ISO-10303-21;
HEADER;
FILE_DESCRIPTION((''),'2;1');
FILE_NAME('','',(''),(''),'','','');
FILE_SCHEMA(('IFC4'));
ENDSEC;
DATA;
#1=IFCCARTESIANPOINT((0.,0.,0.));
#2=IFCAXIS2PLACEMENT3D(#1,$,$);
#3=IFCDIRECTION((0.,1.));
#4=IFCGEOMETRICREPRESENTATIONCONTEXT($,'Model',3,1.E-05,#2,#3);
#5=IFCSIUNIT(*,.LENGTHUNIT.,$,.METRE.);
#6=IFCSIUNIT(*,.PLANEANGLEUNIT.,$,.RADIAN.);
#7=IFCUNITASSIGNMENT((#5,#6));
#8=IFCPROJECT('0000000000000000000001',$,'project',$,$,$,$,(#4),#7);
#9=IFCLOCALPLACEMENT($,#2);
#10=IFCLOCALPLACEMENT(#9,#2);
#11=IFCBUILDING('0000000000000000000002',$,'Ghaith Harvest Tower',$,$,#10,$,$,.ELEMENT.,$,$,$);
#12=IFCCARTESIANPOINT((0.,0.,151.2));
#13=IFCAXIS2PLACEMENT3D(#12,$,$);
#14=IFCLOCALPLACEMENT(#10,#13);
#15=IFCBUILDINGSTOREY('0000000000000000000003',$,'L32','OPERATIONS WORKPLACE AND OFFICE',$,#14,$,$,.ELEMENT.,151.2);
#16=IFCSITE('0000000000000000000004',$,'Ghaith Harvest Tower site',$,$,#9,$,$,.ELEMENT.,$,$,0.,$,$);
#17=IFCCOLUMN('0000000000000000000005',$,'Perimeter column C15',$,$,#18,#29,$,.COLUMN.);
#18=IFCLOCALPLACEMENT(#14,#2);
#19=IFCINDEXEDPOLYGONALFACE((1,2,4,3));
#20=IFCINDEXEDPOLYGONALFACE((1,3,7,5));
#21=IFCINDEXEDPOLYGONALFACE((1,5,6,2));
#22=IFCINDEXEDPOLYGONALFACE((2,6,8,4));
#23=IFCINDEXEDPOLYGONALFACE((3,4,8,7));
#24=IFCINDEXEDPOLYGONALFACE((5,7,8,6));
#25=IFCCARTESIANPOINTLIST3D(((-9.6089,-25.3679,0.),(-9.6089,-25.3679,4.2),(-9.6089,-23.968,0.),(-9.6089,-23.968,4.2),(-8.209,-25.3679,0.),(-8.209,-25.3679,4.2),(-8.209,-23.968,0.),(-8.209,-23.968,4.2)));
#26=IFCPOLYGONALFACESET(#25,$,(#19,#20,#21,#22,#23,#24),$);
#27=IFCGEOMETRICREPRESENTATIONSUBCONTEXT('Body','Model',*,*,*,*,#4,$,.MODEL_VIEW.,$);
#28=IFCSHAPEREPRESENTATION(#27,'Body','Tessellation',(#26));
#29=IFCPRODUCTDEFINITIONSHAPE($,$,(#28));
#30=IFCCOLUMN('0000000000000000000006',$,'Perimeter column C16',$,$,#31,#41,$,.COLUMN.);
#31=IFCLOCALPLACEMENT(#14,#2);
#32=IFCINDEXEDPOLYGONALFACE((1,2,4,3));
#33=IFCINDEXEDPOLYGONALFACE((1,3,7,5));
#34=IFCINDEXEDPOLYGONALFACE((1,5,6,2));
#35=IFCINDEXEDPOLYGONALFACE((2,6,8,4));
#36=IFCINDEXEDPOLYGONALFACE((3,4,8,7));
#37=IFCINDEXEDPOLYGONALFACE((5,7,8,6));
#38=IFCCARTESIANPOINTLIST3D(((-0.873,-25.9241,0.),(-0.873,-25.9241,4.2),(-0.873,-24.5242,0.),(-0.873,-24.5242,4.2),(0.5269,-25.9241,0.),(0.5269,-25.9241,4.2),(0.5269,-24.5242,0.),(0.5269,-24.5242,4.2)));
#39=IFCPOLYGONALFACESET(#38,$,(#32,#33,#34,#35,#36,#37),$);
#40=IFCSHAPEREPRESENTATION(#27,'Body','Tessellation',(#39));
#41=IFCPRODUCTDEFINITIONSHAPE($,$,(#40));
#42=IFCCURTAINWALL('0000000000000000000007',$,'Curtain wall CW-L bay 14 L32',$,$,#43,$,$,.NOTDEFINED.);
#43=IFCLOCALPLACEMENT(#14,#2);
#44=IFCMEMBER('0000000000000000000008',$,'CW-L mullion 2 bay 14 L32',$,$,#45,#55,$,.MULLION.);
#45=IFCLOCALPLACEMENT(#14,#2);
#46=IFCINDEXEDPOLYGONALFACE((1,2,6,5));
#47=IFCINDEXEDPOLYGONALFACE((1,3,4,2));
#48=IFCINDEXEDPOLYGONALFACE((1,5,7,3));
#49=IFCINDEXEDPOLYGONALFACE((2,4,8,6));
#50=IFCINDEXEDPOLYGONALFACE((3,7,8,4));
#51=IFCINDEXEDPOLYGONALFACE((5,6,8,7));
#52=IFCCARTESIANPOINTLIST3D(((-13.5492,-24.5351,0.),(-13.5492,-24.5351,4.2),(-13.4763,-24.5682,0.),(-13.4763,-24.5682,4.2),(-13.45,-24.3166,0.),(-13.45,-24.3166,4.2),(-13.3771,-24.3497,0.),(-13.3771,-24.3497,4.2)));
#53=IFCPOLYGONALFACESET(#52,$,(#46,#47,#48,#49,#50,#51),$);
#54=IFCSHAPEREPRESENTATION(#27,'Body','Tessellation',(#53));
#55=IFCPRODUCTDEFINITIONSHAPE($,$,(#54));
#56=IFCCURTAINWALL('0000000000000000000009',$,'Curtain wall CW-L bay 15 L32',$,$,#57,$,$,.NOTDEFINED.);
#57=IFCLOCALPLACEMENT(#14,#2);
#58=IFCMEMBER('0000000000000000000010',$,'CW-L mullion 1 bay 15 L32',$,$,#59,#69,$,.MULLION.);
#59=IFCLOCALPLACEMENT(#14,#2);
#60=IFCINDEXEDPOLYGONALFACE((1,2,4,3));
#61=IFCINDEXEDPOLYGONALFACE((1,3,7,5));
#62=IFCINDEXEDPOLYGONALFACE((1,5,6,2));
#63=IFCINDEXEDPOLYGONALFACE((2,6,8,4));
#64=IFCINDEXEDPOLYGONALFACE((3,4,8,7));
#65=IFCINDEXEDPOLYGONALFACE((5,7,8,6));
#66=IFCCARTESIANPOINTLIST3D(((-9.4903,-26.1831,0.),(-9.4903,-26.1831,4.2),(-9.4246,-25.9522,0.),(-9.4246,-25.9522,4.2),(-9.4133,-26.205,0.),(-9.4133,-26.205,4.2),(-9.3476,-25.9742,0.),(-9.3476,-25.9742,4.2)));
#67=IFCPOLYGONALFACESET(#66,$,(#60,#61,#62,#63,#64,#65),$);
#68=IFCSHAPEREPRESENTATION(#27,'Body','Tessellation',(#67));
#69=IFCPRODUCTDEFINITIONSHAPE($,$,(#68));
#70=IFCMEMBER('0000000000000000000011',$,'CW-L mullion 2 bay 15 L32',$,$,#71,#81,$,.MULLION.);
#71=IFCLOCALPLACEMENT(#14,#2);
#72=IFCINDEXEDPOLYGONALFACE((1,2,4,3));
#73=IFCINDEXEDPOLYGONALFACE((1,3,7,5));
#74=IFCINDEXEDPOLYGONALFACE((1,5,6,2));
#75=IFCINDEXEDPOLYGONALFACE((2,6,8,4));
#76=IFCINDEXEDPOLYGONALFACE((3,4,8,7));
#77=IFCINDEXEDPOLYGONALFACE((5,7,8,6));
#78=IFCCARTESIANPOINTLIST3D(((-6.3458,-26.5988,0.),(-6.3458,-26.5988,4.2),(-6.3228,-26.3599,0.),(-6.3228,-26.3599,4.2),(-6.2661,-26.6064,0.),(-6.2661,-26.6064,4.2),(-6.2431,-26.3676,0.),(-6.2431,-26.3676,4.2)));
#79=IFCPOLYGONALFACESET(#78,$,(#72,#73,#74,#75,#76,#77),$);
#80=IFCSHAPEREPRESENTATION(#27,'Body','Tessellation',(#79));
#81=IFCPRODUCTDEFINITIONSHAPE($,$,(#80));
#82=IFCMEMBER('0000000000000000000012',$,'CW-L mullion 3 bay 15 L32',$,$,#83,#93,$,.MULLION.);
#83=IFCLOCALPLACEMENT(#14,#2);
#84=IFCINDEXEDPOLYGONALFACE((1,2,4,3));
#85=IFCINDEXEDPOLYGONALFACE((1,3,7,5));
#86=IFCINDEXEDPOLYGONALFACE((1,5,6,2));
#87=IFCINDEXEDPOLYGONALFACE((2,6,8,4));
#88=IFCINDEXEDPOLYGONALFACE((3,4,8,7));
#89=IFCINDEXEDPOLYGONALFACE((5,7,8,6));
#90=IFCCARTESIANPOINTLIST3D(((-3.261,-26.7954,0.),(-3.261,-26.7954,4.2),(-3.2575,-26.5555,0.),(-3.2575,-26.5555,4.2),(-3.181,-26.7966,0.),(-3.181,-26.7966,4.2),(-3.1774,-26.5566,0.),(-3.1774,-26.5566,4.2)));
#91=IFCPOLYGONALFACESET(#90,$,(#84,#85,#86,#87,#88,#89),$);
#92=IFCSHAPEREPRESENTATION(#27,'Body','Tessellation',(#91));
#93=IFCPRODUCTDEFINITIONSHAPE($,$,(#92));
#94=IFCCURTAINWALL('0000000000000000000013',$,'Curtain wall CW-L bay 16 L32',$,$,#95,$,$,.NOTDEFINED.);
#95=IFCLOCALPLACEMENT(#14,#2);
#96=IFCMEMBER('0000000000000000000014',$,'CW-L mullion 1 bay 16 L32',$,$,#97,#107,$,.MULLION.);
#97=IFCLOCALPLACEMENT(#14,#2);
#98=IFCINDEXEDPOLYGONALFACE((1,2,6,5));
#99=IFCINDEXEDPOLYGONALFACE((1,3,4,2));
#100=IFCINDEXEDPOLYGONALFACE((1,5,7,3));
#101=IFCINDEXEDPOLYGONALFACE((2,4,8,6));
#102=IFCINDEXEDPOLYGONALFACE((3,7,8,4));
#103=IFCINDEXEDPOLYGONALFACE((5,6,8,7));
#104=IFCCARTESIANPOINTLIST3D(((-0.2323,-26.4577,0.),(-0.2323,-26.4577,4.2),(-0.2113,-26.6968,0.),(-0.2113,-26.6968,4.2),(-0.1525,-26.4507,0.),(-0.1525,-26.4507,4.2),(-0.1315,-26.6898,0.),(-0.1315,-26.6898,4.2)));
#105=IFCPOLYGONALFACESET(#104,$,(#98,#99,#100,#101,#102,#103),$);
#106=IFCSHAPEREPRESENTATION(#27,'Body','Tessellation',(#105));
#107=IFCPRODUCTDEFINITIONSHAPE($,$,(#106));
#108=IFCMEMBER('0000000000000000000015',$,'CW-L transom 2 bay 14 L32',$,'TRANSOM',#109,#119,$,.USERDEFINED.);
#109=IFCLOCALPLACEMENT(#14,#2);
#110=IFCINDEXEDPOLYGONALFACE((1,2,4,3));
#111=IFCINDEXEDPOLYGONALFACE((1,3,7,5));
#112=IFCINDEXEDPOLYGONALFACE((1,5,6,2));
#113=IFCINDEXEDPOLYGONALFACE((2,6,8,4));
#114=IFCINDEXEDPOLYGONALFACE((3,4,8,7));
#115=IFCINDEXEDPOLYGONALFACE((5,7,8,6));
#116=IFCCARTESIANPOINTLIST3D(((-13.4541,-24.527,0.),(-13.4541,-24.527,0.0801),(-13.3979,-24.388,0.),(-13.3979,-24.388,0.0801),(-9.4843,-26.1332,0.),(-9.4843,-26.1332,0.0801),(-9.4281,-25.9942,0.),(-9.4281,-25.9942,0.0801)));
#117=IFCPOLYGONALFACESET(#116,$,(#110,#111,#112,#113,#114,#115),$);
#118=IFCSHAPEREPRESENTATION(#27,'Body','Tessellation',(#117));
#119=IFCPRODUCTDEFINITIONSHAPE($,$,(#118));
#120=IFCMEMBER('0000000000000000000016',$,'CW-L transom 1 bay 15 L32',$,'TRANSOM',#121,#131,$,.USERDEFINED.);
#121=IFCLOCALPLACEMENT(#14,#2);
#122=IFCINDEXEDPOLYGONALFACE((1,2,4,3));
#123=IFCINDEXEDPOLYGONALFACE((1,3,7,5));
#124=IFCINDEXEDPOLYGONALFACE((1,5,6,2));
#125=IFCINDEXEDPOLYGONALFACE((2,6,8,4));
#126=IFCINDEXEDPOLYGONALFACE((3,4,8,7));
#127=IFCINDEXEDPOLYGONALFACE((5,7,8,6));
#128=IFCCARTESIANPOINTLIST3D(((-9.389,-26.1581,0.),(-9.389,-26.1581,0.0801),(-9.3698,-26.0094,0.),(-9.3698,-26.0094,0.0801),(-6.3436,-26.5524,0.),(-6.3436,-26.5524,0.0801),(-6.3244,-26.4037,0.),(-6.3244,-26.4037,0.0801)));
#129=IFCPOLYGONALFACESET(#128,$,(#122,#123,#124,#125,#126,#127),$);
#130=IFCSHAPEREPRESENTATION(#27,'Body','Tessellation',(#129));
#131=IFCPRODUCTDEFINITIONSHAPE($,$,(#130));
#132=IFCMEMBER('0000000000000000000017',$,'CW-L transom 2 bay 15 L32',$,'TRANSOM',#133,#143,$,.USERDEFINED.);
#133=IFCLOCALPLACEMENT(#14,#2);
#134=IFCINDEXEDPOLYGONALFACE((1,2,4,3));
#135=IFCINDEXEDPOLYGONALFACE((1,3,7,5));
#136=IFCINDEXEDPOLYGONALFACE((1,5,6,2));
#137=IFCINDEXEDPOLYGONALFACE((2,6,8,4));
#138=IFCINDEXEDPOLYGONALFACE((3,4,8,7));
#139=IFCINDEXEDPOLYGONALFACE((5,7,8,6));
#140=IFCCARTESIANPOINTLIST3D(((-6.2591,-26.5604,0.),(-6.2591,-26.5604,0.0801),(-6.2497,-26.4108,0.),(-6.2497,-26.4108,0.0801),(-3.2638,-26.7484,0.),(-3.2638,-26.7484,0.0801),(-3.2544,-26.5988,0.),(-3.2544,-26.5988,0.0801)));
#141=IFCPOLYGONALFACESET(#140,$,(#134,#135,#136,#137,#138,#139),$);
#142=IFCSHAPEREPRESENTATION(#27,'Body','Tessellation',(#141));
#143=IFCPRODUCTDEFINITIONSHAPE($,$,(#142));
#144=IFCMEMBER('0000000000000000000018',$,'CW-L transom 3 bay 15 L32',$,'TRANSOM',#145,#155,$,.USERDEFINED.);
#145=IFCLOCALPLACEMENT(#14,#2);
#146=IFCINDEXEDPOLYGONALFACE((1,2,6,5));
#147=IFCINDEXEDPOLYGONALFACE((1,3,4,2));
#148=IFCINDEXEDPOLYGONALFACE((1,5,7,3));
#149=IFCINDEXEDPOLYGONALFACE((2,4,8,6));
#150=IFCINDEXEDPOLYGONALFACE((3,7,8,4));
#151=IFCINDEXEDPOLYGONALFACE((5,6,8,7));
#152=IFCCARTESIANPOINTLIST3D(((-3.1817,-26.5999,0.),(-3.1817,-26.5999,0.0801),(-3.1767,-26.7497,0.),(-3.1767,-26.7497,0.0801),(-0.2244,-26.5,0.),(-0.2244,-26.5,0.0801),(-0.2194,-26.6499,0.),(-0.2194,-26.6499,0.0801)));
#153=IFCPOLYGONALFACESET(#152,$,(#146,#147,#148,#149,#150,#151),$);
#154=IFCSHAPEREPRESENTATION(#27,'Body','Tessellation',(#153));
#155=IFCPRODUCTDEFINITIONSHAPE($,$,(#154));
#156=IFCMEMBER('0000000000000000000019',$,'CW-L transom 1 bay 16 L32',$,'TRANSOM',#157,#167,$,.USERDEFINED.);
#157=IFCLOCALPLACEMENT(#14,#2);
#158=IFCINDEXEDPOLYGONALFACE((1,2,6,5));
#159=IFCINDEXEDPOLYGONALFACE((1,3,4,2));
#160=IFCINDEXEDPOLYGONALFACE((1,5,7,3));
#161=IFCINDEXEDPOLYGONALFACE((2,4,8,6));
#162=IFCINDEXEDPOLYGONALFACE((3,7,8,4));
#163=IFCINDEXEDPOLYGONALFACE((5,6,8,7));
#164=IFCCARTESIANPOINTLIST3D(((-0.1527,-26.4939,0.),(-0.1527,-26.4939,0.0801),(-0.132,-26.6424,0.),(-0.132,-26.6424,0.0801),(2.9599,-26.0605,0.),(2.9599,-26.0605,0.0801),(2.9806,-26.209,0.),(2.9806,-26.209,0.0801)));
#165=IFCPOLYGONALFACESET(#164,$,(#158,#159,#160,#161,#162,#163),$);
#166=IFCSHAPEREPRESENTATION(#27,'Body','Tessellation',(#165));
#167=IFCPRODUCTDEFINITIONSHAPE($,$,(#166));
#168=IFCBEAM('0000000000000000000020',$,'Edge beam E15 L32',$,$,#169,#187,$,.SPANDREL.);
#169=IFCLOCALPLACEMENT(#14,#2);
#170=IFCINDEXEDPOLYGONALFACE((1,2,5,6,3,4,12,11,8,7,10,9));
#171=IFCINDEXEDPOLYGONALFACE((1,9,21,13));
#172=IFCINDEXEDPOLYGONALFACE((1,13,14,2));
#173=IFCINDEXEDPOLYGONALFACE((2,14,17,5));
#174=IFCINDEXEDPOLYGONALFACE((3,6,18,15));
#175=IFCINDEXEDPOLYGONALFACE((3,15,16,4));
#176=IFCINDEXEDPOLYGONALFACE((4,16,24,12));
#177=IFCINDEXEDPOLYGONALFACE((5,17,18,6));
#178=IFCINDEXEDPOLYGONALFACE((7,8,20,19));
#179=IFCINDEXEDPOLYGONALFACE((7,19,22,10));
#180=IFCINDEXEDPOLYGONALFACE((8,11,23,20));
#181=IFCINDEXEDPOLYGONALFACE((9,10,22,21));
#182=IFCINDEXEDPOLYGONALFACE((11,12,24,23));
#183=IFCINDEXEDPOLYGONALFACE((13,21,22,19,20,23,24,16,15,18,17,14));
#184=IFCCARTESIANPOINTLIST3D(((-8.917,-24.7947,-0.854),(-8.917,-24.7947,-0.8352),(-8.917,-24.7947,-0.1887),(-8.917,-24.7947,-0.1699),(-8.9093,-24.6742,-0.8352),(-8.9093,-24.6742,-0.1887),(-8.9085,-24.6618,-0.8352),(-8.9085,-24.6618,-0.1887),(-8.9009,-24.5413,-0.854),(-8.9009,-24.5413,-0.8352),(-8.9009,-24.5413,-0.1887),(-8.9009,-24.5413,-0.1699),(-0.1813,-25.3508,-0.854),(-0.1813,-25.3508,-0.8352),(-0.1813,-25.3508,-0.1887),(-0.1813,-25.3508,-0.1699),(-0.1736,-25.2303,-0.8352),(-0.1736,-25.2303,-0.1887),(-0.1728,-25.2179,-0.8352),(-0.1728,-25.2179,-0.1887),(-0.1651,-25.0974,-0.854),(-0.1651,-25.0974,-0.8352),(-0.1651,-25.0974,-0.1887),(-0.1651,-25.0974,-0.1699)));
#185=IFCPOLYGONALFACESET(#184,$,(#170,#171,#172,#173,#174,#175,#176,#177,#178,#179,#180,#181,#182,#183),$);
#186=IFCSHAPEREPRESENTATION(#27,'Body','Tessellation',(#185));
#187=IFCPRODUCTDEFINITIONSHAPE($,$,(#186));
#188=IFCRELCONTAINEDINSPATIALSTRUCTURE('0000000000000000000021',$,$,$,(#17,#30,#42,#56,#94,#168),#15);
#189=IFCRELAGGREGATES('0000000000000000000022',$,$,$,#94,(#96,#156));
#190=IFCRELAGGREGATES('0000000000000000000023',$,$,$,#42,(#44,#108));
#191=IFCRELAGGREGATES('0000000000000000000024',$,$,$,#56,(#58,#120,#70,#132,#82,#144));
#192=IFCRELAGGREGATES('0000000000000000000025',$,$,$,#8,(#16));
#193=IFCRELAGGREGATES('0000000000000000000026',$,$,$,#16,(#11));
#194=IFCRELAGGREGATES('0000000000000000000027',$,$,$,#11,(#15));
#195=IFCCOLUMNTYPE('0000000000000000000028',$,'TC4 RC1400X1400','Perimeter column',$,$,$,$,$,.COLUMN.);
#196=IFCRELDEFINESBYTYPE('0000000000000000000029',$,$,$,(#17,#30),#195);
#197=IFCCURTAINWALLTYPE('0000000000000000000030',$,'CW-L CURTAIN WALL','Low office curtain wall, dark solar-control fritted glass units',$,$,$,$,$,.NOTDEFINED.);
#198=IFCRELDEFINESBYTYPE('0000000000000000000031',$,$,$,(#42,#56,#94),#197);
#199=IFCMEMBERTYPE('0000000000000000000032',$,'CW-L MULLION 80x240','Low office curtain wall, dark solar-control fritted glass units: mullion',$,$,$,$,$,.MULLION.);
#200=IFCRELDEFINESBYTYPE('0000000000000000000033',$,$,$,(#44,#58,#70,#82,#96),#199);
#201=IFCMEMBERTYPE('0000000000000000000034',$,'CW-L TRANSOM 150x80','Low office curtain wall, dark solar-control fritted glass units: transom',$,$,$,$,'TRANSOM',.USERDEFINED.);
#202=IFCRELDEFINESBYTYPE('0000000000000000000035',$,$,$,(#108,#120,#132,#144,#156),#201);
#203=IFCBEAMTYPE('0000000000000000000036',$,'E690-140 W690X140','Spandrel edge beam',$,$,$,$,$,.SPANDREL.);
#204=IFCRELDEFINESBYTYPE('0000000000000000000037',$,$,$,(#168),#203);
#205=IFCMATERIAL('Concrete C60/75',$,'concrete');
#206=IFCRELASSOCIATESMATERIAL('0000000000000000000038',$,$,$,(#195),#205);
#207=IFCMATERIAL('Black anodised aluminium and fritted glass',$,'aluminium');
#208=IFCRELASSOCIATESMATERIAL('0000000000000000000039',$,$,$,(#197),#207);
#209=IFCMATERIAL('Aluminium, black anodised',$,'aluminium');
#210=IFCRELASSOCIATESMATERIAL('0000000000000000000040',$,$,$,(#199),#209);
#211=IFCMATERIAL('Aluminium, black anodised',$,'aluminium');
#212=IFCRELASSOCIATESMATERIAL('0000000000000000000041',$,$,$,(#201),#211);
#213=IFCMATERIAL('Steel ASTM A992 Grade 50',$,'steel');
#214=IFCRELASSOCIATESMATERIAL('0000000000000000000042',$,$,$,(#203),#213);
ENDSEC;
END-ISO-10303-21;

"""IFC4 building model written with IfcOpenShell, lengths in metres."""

from ifc_helpers import new_model, si_unit, direction, frame, origin, origin_2d, place, context, subcontext, project, spatial, rectangle, i_section, extrude, material, material_profile, profile_set, type_object, element, aggregate, save


model = new_model("IFC4")

# Units and contexts
model_context = context("Model", 3, precision=1e-05, world=origin(), true_north=direction((0.0, 1.0)))
body_context = subcontext(model_context, "Body", "Model", "MODEL_VIEW")
ifc_project = project(units=[si_unit("LENGTHUNIT", "METRE"), si_unit("PLANEANGLEUNIT", "RADIAN")], contexts=[model_context])

# Site, building, storey
site_placement = place(None, origin())
site = spatial("IfcSite", under=ifc_project, at=site_placement, Name="Ghaith Harvest Tower site", CompositionType="ELEMENT", RefElevation=0.0)
building_placement = place(site_placement, origin())
building = spatial("IfcBuilding", under=site, at=building_placement, Name="Ghaith Harvest Tower", CompositionType="ELEMENT")
storey_placement = place(building_placement, frame((0.0, 0.0, 151.2)))
storey = spatial("IfcBuildingStorey", under=building, at=storey_placement, Name="L32", Description="OPERATIONS WORKPLACE AND OFFICE", CompositionType="ELEMENT", Elevation=151.2)

# Columns
ifc_material_1 = material(Name="Concrete C60/75", Category="concrete")
ifc_material_profile_1 = material_profile(ifc_material_1, rectangle(XDim=1.3999, YDim=1.3999, at=origin_2d()), Name="RC1400X1400")
ifc_profile_set_1 = profile_set([ifc_material_profile_1], Name="Concrete C60/75")
column_type = type_object("IfcColumnType", Name="TC4 RC1400X1400", Description="Perimeter column", PredefinedType="COLUMN", material=ifc_profile_set_1)
for number, where, z_axis, x_axis, name in (
    (1, (-8.9089, -24.668, 0.0), (0.0, 0.0, 1.0), (1.0, 0.0, 0.0), "Perimeter column C15"),
    (2, (-0.1731, -25.2241, 0.0), (0.0, 0.0, 1.0), (1.0, 0.0, 0.0), "Perimeter column C16"),
):
    element("IfcColumn", number, at=place(storey_placement, frame(where, z_axis=z_axis, x_axis=x_axis)), inside=storey, type_object=column_type, Name=name, PredefinedType="COLUMN", context=body_context, shape_type="SweptSolid", body=[
        extrude(rectangle(XDim=1.3999, YDim=1.3999, at=origin_2d()), origin(), (0.0, 0.0, 1.0), 4.2),
    ])

# Curtain wall, member
ifc_material_2 = material(Name="Black anodised aluminium and fritted glass", Category="aluminium")
curtain_wall_type = type_object("IfcCurtainWallType", Name="CW-L CURTAIN WALL", Description="Low office curtain wall, dark solar-control fritted glass units", PredefinedType="NOTDEFINED", material=ifc_material_2)
curtain_wall_1_placement = place(storey_placement, origin())
curtain_wall_1 = element("IfcCurtainWall", 3, at=curtain_wall_1_placement, inside=storey, type_object=curtain_wall_type, Name="Curtain wall CW-L bay 14 L32", PredefinedType="NOTDEFINED")
ifc_material_3 = material(Name="Aluminium, black anodised", Category="aluminium")
ifc_material_profile_2 = material_profile(ifc_material_3, rectangle(XDim=0.0801, YDim=0.24, at=origin_2d()), Name="CW-L MULLION 80x240")
ifc_profile_set_2 = profile_set([ifc_material_profile_2], Name="Aluminium, black anodised")
member_type_1 = type_object("IfcMemberType", Name="CW-L MULLION 80x240", Description="Low office curtain wall, dark solar-control fritted glass units: mullion", PredefinedType="MULLION", material=ifc_profile_set_2)
member_1_placement = place(storey_placement, frame((-13.4631, -24.4424, 0.0), z_axis=(0.0, 0.0, 1.0), x_axis=(0.910648, -0.413183, 0.0)))
member_1 = element("IfcMember", 4, at=member_1_placement, type_object=member_type_1, Name="CW-L mullion 2 bay 14 L32", PredefinedType="MULLION", context=body_context, shape_type="SweptSolid", body=[
    extrude(rectangle(XDim=0.0801, YDim=0.24, at=origin_2d()), origin(), (0.0, 0.0, 1.0), 4.2),
])

# Curtain wall, members
curtain_wall_2_placement = place(storey_placement, origin())
curtain_wall_2 = element("IfcCurtainWall", 5, at=curtain_wall_2_placement, inside=storey, type_object=curtain_wall_type, Name="Curtain wall CW-L bay 15 L32", PredefinedType="NOTDEFINED")
member_2_placement = place(storey_placement, frame((-9.4189, -26.0786, 0.0), z_axis=(0.0, 0.0, 1.0), x_axis=(0.961789, -0.273793, 0.0)))
member_2 = element("IfcMember", 6, at=member_2_placement, type_object=member_type_1, Name="CW-L mullion 1 bay 15 L32", PredefinedType="MULLION", context=body_context, shape_type="SweptSolid", body=[
    extrude(rectangle(XDim=0.0801, YDim=0.24, at=origin_2d()), origin(), (0.0, 0.0, 1.0), 4.2),
])
member_3_placement = place(storey_placement, frame((-6.2944, -26.4832, 0.0), z_axis=(0.0, 0.0, 1.0), x_axis=(0.995389, -0.095918, 0.0)))
member_3 = element("IfcMember", 7, at=member_3_placement, type_object=member_type_1, Name="CW-L mullion 2 bay 15 L32", PredefinedType="MULLION", context=body_context, shape_type="SweptSolid", body=[
    extrude(rectangle(XDim=0.0801, YDim=0.24, at=origin_2d()), origin(), (0.0, 0.0, 1.0), 4.2),
])
member_4_placement = place(storey_placement, frame((-3.2192, -26.676, 0.0), z_axis=(0.0, 0.0, 1.0), x_axis=(0.999891, -0.014796, 0.0)))
member_4 = element("IfcMember", 8, at=member_4_placement, type_object=member_type_1, Name="CW-L mullion 3 bay 15 L32", PredefinedType="MULLION", context=body_context, shape_type="SweptSolid", body=[
    extrude(rectangle(XDim=0.0801, YDim=0.24, at=origin_2d()), origin(), (0.0, 0.0, 1.0), 4.2),
])

# Curtain wall, member
curtain_wall_3_placement = place(storey_placement, origin())
curtain_wall_3 = element("IfcCurtainWall", 9, at=curtain_wall_3_placement, inside=storey, type_object=curtain_wall_type, Name="Curtain wall CW-L bay 16 L32", PredefinedType="NOTDEFINED")
member_5_placement = place(storey_placement, frame((-0.1819, -26.5737, 0.0), z_axis=(0.0, 0.0, 1.0), x_axis=(0.996169, 0.087446, 0.0)))
member_5 = element("IfcMember", 10, at=member_5_placement, type_object=member_type_1, Name="CW-L mullion 1 bay 16 L32", PredefinedType="MULLION", context=body_context, shape_type="SweptSolid", body=[
    extrude(rectangle(XDim=0.0801, YDim=0.24, at=origin_2d()), origin(), (0.0, 0.0, 1.0), 4.2),
])

# Members
ifc_material_4 = material(Name="Aluminium, black anodised", Category="aluminium")
ifc_material_profile_3 = material_profile(ifc_material_4, rectangle(XDim=0.1499, YDim=0.0801, at=origin_2d()), Name="CW-L TRANSOM 150x80")
ifc_profile_set_3 = profile_set([ifc_material_profile_3], Name="Aluminium, black anodised")
member_type_2 = type_object("IfcMemberType", Name="CW-L TRANSOM 150x80", Description="Low office curtain wall, dark solar-control fritted glass units: transom", ElementType="TRANSOM", PredefinedType="USERDEFINED", material=ifc_profile_set_3)
member_6_placement = place(storey_placement, frame((-13.426, -24.4575, 0.04), z_axis=(0.927003, -0.375054, 0.0), x_axis=(0.375054, 0.927003, 0.0)))
member_6 = element("IfcMember", 11, at=member_6_placement, type_object=member_type_2, Name="CW-L transom 2 bay 14 L32", ObjectType="TRANSOM", PredefinedType="USERDEFINED", context=body_context, shape_type="SweptSolid", body=[
    extrude(rectangle(XDim=0.1499, YDim=0.0801, at=origin_2d()), origin(), (0.0, 0.0, 1.0), 4.2825),
])
member_7_placement = place(storey_placement, frame((-9.3794, -26.0837, 0.04), z_axis=(0.991723, -0.128398, 0.0), x_axis=(0.128398, 0.991723, 0.0)))
member_7 = element("IfcMember", 12, at=member_7_placement, type_object=member_type_2, Name="CW-L transom 1 bay 15 L32", ObjectType="TRANSOM", PredefinedType="USERDEFINED", context=body_context, shape_type="SweptSolid", body=[
    extrude(rectangle(XDim=0.1499, YDim=0.0801, at=origin_2d()), origin(), (0.0, 0.0, 1.0), 3.0708),
])
member_8_placement = place(storey_placement, frame((-6.2544, -26.4856, 0.04), z_axis=(0.998036, -0.062637, 0.0), x_axis=(0.062637, 0.998036, 0.0)))
member_8 = element("IfcMember", 13, at=member_8_placement, type_object=member_type_2, Name="CW-L transom 2 bay 15 L32", ObjectType="TRANSOM", PredefinedType="USERDEFINED", context=body_context, shape_type="SweptSolid", body=[
    extrude(rectangle(XDim=0.1499, YDim=0.0801, at=origin_2d()), origin(), (0.0, 0.0, 1.0), 3.0012),
])
member_9_placement = place(storey_placement, frame((-3.1792, -26.6748, 0.04), z_axis=(0.99943, 0.033746, 0.0), x_axis=(-0.033746, 0.99943, 0.0)))
member_9 = element("IfcMember", 14, at=member_9_placement, type_object=member_type_2, Name="CW-L transom 3 bay 15 L32", ObjectType="TRANSOM", PredefinedType="USERDEFINED", context=body_context, shape_type="SweptSolid", body=[
    extrude(rectangle(XDim=0.1499, YDim=0.0801, at=origin_2d()), origin(), (0.0, 0.0, 1.0), 2.959),
])
member_10_placement = place(storey_placement, frame((-0.1423, -26.5681, 0.04), z_axis=(0.990447, 0.137897, 0.0), x_axis=(-0.137897, 0.990447, 0.0)))
member_10 = element("IfcMember", 15, at=member_10_placement, type_object=member_type_2, Name="CW-L transom 1 bay 16 L32", ObjectType="TRANSOM", PredefinedType="USERDEFINED", context=body_context, shape_type="SweptSolid", body=[
    extrude(rectangle(XDim=0.1499, YDim=0.0801, at=origin_2d()), origin(), (0.0, 0.0, 1.0), 3.1426),
])
aggregate(curtain_wall_3, [member_5, member_10])

# Beam
ifc_material_5 = material(Name="Steel ASTM A992 Grade 50", Category="steel")
ifc_material_profile_4 = material_profile(ifc_material_5, i_section(OverallWidth=0.2539, OverallDepth=0.6841, WebThickness=0.0125, FlangeThickness=0.0188, at=origin_2d()), Name="W690X140")
ifc_profile_set_4 = profile_set([ifc_material_profile_4], Name="Steel ASTM A992 Grade 50")
beam_type = type_object("IfcBeamType", Name="E690-140 W690X140", Description="Spandrel edge beam", PredefinedType="SPANDREL", material=ifc_profile_set_4)
beam_1_placement = place(storey_placement, frame((-8.9089, -24.668, -0.512), z_axis=(0.99798, -0.063535, 0.0), x_axis=(0.063535, 0.99798, 0.0)))
element("IfcBeam", 16, at=beam_1_placement, inside=storey, type_object=beam_type, Name="Edge beam E15 L32", PredefinedType="SPANDREL", context=body_context, shape_type="SweptSolid", body=[
    extrude(i_section(OverallWidth=0.2539, OverallDepth=0.6841, WebThickness=0.0125, FlangeThickness=0.0188, at=origin_2d()), origin(), (0.0, 0.0, 1.0), 8.7534),
])

aggregate(curtain_wall_1, [member_1, member_6])
aggregate(curtain_wall_2, [member_2, member_7, member_3, member_8, member_4, member_9])

save(model, "model.ifc")
